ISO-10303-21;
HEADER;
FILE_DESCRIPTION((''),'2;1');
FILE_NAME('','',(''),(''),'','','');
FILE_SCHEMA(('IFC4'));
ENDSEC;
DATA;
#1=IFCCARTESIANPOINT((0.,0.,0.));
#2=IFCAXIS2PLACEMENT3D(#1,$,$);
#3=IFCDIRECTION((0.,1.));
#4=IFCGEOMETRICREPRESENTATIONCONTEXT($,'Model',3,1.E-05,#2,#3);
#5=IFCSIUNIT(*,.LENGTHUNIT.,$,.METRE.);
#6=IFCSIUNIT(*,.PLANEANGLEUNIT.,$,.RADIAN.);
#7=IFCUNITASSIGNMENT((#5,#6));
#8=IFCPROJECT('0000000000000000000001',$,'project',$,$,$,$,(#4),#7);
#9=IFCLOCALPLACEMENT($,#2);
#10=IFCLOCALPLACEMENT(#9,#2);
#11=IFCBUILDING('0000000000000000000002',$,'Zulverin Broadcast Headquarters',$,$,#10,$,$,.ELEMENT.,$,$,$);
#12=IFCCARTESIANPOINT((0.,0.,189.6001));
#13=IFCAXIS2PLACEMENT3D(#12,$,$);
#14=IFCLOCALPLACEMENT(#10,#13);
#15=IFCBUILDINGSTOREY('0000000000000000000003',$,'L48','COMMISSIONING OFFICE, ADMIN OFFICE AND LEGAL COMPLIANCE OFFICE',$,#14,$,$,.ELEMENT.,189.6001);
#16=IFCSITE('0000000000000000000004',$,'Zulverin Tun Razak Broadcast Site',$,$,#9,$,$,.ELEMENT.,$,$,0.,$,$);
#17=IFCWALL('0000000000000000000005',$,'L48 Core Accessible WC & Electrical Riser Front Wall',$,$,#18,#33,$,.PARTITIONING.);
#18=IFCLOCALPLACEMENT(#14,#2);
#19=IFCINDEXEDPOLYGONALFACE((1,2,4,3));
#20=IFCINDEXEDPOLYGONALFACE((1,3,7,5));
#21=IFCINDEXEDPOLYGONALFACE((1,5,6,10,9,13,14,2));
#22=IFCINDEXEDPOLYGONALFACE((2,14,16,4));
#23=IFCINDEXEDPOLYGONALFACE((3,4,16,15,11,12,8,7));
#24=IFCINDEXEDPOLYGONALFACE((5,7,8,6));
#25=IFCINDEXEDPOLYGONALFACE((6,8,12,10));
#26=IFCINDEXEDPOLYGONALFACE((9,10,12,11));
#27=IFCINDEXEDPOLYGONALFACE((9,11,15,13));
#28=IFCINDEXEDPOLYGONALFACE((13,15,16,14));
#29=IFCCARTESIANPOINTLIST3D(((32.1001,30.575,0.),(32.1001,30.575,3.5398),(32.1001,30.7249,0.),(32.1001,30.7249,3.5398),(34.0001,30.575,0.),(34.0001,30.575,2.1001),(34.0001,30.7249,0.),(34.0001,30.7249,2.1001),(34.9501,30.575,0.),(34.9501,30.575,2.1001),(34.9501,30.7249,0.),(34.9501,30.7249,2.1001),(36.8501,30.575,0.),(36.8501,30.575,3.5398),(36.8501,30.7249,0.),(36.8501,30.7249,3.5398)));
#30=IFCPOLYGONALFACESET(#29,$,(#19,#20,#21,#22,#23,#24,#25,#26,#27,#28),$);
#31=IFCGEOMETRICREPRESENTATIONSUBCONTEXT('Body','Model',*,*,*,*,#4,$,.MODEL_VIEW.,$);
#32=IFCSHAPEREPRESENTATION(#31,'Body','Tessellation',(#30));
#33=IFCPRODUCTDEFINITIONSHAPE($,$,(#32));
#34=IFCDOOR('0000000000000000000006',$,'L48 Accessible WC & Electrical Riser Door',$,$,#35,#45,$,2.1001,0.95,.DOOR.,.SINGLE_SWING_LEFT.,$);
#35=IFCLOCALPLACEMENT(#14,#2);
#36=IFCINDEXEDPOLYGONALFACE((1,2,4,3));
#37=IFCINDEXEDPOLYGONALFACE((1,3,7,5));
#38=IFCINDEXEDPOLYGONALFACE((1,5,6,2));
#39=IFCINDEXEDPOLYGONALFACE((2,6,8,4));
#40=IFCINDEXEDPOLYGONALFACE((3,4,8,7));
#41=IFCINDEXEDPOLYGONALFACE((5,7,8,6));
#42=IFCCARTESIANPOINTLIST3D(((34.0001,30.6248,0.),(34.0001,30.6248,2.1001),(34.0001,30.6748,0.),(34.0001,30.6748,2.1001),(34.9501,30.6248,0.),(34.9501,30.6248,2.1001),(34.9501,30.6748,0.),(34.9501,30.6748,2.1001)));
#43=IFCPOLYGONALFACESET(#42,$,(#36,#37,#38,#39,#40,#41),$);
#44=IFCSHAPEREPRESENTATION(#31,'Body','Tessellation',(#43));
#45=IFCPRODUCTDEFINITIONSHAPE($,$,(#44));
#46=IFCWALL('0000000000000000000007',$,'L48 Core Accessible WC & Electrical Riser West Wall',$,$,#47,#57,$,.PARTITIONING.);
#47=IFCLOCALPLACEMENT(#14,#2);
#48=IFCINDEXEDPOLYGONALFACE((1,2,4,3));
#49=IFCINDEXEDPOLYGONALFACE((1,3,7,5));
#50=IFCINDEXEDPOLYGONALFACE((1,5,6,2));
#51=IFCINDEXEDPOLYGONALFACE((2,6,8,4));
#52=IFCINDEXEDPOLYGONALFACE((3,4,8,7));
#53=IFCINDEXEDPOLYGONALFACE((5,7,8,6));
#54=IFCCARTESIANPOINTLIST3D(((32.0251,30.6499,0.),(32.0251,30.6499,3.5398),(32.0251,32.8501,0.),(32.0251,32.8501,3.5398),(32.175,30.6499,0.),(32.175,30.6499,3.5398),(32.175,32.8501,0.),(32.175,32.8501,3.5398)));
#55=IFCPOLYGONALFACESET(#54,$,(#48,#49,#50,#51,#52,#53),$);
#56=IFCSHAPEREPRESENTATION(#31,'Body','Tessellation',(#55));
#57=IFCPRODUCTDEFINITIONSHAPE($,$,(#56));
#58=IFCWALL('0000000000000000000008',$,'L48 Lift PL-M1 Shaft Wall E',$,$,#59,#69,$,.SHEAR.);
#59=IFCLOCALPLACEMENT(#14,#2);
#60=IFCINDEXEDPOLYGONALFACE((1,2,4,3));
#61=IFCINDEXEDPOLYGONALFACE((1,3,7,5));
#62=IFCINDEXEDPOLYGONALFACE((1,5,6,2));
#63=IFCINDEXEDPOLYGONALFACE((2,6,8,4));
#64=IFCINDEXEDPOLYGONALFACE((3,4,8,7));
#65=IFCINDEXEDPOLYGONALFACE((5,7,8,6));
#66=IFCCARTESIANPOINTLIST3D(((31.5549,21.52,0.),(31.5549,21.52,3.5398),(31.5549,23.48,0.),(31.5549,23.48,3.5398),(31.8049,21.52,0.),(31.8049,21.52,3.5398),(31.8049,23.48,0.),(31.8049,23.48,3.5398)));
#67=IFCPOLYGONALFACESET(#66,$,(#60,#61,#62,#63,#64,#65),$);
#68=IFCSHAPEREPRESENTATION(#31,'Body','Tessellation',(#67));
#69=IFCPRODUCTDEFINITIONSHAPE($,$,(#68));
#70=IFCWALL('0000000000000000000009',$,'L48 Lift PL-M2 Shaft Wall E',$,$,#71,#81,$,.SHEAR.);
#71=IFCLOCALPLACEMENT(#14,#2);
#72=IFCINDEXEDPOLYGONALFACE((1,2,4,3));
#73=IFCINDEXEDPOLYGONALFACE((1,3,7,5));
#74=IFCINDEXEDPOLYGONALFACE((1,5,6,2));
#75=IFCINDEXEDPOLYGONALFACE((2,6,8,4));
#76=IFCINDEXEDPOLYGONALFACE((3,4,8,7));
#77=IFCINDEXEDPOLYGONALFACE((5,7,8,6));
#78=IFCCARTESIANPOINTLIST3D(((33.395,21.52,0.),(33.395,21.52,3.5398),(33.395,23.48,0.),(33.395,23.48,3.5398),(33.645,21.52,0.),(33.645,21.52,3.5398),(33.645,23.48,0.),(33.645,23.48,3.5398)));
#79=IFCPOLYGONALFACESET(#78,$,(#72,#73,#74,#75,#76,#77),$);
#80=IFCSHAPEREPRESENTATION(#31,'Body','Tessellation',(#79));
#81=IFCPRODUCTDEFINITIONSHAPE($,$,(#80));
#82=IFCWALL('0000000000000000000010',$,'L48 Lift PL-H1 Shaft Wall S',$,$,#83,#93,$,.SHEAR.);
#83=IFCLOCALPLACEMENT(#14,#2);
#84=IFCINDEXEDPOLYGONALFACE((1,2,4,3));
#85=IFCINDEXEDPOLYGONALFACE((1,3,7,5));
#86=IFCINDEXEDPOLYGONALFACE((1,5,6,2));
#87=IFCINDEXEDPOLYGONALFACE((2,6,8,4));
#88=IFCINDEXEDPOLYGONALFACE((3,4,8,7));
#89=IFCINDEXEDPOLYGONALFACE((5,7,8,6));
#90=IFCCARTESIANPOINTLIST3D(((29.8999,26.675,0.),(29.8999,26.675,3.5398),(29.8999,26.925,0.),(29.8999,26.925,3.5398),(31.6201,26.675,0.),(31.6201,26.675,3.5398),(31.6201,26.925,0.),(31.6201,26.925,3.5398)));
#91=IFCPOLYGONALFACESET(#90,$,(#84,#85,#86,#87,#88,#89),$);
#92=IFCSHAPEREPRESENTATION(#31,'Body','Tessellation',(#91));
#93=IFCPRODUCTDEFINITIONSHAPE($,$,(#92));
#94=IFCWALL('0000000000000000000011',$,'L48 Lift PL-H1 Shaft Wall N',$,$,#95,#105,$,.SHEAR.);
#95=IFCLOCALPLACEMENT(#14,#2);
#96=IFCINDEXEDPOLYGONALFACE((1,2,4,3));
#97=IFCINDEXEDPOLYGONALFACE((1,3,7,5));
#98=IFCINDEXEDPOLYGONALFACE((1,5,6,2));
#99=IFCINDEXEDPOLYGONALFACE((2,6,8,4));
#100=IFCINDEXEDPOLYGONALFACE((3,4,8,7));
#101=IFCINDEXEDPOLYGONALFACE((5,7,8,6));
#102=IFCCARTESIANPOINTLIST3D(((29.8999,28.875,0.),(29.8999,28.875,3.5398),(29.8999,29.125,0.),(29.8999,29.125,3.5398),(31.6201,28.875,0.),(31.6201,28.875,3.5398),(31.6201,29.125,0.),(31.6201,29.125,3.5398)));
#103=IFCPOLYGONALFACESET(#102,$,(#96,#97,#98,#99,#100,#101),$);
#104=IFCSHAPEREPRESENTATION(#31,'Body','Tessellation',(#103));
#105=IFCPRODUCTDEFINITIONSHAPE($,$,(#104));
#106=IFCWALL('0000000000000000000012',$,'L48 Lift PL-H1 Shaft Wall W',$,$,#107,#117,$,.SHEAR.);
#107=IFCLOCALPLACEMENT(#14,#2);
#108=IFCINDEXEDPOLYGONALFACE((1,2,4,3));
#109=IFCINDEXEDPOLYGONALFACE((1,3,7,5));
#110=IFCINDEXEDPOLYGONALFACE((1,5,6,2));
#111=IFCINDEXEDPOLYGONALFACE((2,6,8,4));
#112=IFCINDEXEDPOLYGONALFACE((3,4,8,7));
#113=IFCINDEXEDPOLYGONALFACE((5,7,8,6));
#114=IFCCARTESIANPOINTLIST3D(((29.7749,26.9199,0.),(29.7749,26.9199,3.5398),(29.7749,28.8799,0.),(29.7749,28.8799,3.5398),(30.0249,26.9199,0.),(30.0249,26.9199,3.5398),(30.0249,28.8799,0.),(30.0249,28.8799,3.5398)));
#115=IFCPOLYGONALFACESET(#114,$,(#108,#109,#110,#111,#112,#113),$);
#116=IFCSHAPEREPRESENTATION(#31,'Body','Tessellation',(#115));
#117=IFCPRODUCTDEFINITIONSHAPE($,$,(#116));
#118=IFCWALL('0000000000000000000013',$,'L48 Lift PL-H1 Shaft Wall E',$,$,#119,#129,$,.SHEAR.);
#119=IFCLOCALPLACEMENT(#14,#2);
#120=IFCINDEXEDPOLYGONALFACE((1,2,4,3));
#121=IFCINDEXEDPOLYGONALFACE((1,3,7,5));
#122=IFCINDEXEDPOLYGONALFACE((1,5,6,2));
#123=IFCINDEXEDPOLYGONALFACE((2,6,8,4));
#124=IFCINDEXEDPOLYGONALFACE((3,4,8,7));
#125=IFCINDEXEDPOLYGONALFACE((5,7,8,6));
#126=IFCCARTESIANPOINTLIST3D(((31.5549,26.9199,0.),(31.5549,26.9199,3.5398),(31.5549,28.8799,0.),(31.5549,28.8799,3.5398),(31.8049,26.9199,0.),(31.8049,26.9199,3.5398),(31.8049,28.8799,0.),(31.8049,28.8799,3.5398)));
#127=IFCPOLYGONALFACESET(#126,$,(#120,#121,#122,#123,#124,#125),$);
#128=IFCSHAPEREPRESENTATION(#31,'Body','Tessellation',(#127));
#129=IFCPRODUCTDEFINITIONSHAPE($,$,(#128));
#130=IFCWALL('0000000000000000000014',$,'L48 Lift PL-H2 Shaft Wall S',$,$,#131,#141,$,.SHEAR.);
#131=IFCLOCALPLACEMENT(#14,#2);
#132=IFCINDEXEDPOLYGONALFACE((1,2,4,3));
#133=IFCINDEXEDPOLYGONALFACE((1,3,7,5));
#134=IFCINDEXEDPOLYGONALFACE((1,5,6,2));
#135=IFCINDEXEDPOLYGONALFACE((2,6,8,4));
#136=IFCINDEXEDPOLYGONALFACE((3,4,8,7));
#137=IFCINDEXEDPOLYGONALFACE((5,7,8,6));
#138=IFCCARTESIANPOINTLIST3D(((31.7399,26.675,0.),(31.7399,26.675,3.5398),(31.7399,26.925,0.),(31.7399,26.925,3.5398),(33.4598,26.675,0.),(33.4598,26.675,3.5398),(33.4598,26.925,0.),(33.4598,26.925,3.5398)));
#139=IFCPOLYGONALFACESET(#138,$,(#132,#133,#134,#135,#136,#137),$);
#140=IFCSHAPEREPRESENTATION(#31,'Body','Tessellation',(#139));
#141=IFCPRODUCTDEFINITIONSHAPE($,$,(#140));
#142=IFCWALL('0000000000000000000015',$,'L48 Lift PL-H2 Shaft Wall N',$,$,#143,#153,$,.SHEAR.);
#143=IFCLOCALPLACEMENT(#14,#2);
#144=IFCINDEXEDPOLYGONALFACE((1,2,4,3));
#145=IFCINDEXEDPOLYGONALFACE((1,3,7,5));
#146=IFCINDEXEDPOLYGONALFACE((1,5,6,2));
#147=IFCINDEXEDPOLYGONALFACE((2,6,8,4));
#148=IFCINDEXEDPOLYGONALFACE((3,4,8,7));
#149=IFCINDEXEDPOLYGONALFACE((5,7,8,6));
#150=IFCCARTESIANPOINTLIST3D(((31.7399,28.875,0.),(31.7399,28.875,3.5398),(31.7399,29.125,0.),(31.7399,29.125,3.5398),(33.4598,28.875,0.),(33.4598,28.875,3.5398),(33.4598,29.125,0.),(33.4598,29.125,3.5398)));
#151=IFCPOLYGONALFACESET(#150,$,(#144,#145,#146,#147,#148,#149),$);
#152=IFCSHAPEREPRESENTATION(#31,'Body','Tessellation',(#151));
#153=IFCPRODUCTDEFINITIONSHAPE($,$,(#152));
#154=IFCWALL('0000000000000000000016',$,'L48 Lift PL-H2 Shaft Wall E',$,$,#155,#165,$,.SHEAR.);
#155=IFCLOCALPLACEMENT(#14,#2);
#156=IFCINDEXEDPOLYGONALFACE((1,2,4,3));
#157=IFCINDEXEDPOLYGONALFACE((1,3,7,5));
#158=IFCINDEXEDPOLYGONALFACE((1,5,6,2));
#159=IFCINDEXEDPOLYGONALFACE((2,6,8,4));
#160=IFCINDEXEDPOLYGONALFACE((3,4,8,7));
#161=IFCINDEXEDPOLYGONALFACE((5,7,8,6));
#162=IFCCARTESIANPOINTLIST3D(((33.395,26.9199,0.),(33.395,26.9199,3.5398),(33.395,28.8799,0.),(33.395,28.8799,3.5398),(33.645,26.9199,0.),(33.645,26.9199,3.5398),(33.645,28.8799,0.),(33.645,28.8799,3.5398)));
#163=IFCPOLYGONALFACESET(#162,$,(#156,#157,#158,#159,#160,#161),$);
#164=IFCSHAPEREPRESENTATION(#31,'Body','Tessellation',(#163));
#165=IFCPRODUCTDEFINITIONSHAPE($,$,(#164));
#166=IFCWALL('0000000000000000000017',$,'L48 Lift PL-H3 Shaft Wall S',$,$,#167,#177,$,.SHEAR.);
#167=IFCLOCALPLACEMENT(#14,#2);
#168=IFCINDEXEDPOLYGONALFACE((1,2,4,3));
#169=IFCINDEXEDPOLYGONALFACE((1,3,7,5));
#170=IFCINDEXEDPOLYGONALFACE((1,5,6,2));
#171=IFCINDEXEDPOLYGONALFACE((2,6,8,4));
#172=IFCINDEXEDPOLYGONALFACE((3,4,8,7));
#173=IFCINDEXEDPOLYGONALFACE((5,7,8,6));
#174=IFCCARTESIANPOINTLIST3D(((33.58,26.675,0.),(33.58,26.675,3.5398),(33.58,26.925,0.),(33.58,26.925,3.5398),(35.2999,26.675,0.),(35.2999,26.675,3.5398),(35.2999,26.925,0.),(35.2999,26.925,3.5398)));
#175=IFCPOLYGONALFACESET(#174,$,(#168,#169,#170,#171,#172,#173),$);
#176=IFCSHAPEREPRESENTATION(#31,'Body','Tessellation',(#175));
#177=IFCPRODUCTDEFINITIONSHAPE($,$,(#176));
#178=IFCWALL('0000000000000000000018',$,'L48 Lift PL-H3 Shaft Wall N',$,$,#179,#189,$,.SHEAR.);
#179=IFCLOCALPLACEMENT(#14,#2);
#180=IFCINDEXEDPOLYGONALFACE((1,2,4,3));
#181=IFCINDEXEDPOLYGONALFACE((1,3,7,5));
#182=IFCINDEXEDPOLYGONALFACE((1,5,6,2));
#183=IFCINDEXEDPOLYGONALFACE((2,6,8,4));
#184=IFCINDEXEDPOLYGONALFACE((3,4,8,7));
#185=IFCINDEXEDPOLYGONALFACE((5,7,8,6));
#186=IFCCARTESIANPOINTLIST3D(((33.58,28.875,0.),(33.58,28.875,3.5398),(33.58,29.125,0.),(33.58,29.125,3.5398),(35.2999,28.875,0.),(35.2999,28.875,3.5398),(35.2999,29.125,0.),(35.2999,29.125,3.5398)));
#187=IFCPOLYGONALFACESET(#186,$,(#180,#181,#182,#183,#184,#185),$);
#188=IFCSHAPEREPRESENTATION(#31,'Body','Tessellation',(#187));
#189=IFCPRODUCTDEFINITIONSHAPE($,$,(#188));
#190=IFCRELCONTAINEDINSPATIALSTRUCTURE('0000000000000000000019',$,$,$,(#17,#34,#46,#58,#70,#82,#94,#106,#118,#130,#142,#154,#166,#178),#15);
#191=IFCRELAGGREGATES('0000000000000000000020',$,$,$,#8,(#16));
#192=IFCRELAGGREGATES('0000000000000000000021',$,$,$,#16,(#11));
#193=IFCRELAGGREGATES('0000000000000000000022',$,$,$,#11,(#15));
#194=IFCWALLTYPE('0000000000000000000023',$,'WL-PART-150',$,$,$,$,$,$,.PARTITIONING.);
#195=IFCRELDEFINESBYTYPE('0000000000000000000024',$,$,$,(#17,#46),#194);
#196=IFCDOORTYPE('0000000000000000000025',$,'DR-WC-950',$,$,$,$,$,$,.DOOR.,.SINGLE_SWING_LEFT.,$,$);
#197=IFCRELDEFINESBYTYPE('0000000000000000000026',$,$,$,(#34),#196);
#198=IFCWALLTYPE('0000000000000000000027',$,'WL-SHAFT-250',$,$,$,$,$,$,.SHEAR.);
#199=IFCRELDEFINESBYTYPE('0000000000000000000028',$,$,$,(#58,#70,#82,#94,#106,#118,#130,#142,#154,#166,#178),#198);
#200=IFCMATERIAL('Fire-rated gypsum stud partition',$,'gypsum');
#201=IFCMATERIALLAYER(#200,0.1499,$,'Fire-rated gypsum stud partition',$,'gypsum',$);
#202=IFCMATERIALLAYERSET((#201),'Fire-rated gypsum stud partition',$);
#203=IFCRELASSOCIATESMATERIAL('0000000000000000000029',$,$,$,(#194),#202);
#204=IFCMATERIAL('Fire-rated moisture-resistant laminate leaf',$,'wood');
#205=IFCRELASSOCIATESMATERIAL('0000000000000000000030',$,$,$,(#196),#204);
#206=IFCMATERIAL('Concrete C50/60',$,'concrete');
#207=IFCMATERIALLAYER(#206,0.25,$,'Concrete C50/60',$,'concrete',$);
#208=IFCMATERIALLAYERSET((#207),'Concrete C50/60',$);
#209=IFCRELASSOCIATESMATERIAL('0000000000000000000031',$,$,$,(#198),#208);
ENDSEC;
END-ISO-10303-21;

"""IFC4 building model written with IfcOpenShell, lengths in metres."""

from ifc_helpers import new_model, si_unit, direction, frame, frame_2d, origin, place, context, subcontext, project, spatial, rectangle, extrude, material, layer, layer_set, type_object, element, fill, save


model = new_model("IFC4")

# Units and contexts
model_context = context("Model", 3, precision=1e-05, world=origin(), true_north=direction((0.0, 1.0)))
body_context = subcontext(model_context, "Body", "Model", "MODEL_VIEW")
ifc_project = project(units=[si_unit("LENGTHUNIT", "METRE"), si_unit("PLANEANGLEUNIT", "RADIAN")], contexts=[model_context])

# Site, building, storey
site_placement = place(None, origin())
site = spatial("IfcSite", under=ifc_project, at=site_placement, Name="Zulverin Tun Razak Broadcast Site", CompositionType="ELEMENT", RefElevation=0.0)
building_placement = place(site_placement, origin())
building = spatial("IfcBuilding", under=site, at=building_placement, Name="Zulverin Broadcast Headquarters", CompositionType="ELEMENT")
storey_placement = place(building_placement, frame((0.0, 0.0, 189.6001)))
storey = spatial("IfcBuildingStorey", under=building, at=storey_placement, Name="L48", Description="COMMISSIONING OFFICE, ADMIN OFFICE AND LEGAL COMPLIANCE OFFICE", CompositionType="ELEMENT", Elevation=189.6001)

# Wall, opening, door
ifc_material_1 = material(Name="Fire-rated gypsum stud partition", Category="gypsum")
ifc_layer_1 = layer(ifc_material_1, 0.1499, Name="Fire-rated gypsum stud partition", Category="gypsum")
ifc_layer_set_1 = layer_set([ifc_layer_1], Name="Fire-rated gypsum stud partition")
wall_type_1 = type_object("IfcWallType", Name="WL-PART-150", PredefinedType="PARTITIONING", material=ifc_layer_set_1)
wall_1_placement = place(storey_placement, frame((32.1001, 30.6499, 0.0), z_axis=(0.0, 0.0, 1.0), x_axis=(1.0, 0.0, 0.0)))
wall_1 = element("IfcWall", 1, at=wall_1_placement, inside=storey, type_object=wall_type_1, Name="L48 Core Accessible WC & Electrical Riser Front Wall", PredefinedType="PARTITIONING", context=body_context, shape_type="SweptSolid", body=[
    extrude(rectangle(XDim=4.75, YDim=0.1499, at=frame_2d((2.375, 0.0))), origin(), (0.0, 0.0, 1.0), 3.5398),
])
opening_1_placement = place(wall_1_placement, frame((1.8999, 0.0, 0.0)))
opening_1 = element("IfcOpeningElement", 2, at=opening_1_placement, cuts=wall_1, PredefinedType="OPENING", context=body_context, shape_type="SweptSolid", body=[
    extrude(rectangle(XDim=0.95, YDim=2.1001, at=frame_2d((0.4751, 1.05))), frame((0.0, 0.085, 0.0), z_axis=(0.0, -1.0, 0.0), x_axis=(1.0, 0.0, 0.0)), (0.0, 0.0, 1.0), 0.1699),
])
ifc_material_2 = material(Name="Fire-rated moisture-resistant laminate leaf", Category="wood")
door_type_1 = type_object("IfcDoorType", Name="DR-WC-950", OperationType="SINGLE_SWING_LEFT", PredefinedType="DOOR", material=ifc_material_2)
door_1_placement = place(opening_1_placement, origin())
door_1 = element("IfcDoor", 3, at=door_1_placement, inside=storey, type_object=door_type_1, Name="L48 Accessible WC & Electrical Riser Door", OperationType="SINGLE_SWING_LEFT", OverallHeight=2.1001, OverallWidth=0.95, PredefinedType="DOOR", context=body_context, shape_type="SweptSolid", body=[
    extrude(rectangle(XDim=0.95, YDim=2.1001, at=frame_2d((0.4751, 1.05))), frame((0.0, 0.0249, 0.0), z_axis=(0.0, -1.0, 0.0), x_axis=(1.0, 0.0, 0.0)), (0.0, 0.0, 1.0), 0.05),
])
fill(opening_1, door_1)

# Wall
wall_2_placement = place(storey_placement, frame((32.1001, 30.6499, 0.0), z_axis=(0.0, 0.0, 1.0), x_axis=(0.0, 1.0, 0.0)))
element("IfcWall", 4, at=wall_2_placement, inside=storey, type_object=wall_type_1, Name="L48 Core Accessible WC & Electrical Riser West Wall", PredefinedType="PARTITIONING", context=body_context, shape_type="SweptSolid", body=[
    extrude(rectangle(XDim=2.2002, YDim=0.1499, at=frame_2d((1.1001, 0.0))), origin(), (0.0, 0.0, 1.0), 3.5398),
])

# Shared definitions
ifc_material_3 = material(Name="Concrete C50/60", Category="concrete")
ifc_layer_2 = layer(ifc_material_3, 0.25, Name="Concrete C50/60", Category="concrete")
ifc_layer_set_2 = layer_set([ifc_layer_2], Name="Concrete C50/60")
wall_type_2 = type_object("IfcWallType", Name="WL-SHAFT-250", PredefinedType="SHEAR", material=ifc_layer_set_2)

# Wall
wall_3_placement = place(storey_placement, frame((31.6799, 21.52, 0.0), z_axis=(0.0, 0.0, 1.0), x_axis=(0.0, 1.0, 0.0)))
element("IfcWall", 5, at=wall_3_placement, inside=storey, type_object=wall_type_2, Name="L48 Lift PL-M1 Shaft Wall E", PredefinedType="SHEAR", context=body_context, shape_type="SweptSolid", body=[
    extrude(rectangle(XDim=1.96, YDim=0.25, at=frame_2d((0.98, 0.0))), origin(), (0.0, 0.0, 1.0), 3.5398),
])

# Wall
wall_4_placement = place(storey_placement, frame((33.52, 21.52, 0.0), z_axis=(0.0, 0.0, 1.0), x_axis=(0.0, 1.0, 0.0)))
element("IfcWall", 6, at=wall_4_placement, inside=storey, type_object=wall_type_2, Name="L48 Lift PL-M2 Shaft Wall E", PredefinedType="SHEAR", context=body_context, shape_type="SweptSolid", body=[
    extrude(rectangle(XDim=1.96, YDim=0.25, at=frame_2d((0.98, 0.0))), origin(), (0.0, 0.0, 1.0), 3.5398),
])

# Walls
for number, where, z_axis, x_axis, name in (
    (7, (29.8999, 26.8, 0.0), (0.0, 0.0, 1.0), (1.0, 0.0, 0.0), "L48 Lift PL-H1 Shaft Wall S"),
    (8, (29.8999, 29.0, 0.0), (0.0, 0.0, 1.0), (1.0, 0.0, 0.0), "L48 Lift PL-H1 Shaft Wall N"),
):
    element("IfcWall", number, at=place(storey_placement, frame(where, z_axis=z_axis, x_axis=x_axis)), inside=storey, type_object=wall_type_2, Name=name, PredefinedType="SHEAR", context=body_context, shape_type="SweptSolid", body=[
        extrude(rectangle(XDim=1.7202, YDim=0.25, at=frame_2d((0.8601, 0.0))), origin(), (0.0, 0.0, 1.0), 3.5398),
    ])
for number, where, z_axis, x_axis, name in (
    (9, (29.8999, 26.9199, 0.0), (0.0, 0.0, 1.0), (0.0, 1.0, 0.0), "L48 Lift PL-H1 Shaft Wall W"),
    (10, (31.6799, 26.9199, 0.0), (0.0, 0.0, 1.0), (0.0, 1.0, 0.0), "L48 Lift PL-H1 Shaft Wall E"),
):
    element("IfcWall", number, at=place(storey_placement, frame(where, z_axis=z_axis, x_axis=x_axis)), inside=storey, type_object=wall_type_2, Name=name, PredefinedType="SHEAR", context=body_context, shape_type="SweptSolid", body=[
        extrude(rectangle(XDim=1.96, YDim=0.25, at=frame_2d((0.98, 0.0))), origin(), (0.0, 0.0, 1.0), 3.5398),
    ])
for number, where, z_axis, x_axis, name in (
    (11, (31.74, 26.8, 0.0), (0.0, 0.0, 1.0), (1.0, 0.0, 0.0), "L48 Lift PL-H2 Shaft Wall S"),
    (12, (31.74, 29.0, 0.0), (0.0, 0.0, 1.0), (1.0, 0.0, 0.0), "L48 Lift PL-H2 Shaft Wall N"),
):
    element("IfcWall", number, at=place(storey_placement, frame(where, z_axis=z_axis, x_axis=x_axis)), inside=storey, type_object=wall_type_2, Name=name, PredefinedType="SHEAR", context=body_context, shape_type="SweptSolid", body=[
        extrude(rectangle(XDim=1.72, YDim=0.25, at=frame_2d((0.8599, 0.0))), origin(), (0.0, 0.0, 1.0), 3.5398),
    ])
wall_5_placement = place(storey_placement, frame((33.52, 26.9199, 0.0), z_axis=(0.0, 0.0, 1.0), x_axis=(0.0, 1.0, 0.0)))
element("IfcWall", 13, at=wall_5_placement, inside=storey, type_object=wall_type_2, Name="L48 Lift PL-H2 Shaft Wall E", PredefinedType="SHEAR", context=body_context, shape_type="SweptSolid", body=[
    extrude(rectangle(XDim=1.96, YDim=0.25, at=frame_2d((0.98, 0.0))), origin(), (0.0, 0.0, 1.0), 3.5398),
])
for number, where, z_axis, x_axis, name in (
    (14, (33.5801, 26.8, 0.0), (0.0, 0.0, 1.0), (1.0, 0.0, 0.0), "L48 Lift PL-H3 Shaft Wall S"),
    (15, (33.5801, 29.0, 0.0), (0.0, 0.0, 1.0), (1.0, 0.0, 0.0), "L48 Lift PL-H3 Shaft Wall N"),
):
    element("IfcWall", number, at=place(storey_placement, frame(where, z_axis=z_axis, x_axis=x_axis)), inside=storey, type_object=wall_type_2, Name=name, PredefinedType="SHEAR", context=body_context, shape_type="SweptSolid", body=[
        extrude(rectangle(XDim=1.72, YDim=0.25, at=frame_2d((0.8599, 0.0))), origin(), (0.0, 0.0, 1.0), 3.5398),
    ])

save(model, "model.ifc")
